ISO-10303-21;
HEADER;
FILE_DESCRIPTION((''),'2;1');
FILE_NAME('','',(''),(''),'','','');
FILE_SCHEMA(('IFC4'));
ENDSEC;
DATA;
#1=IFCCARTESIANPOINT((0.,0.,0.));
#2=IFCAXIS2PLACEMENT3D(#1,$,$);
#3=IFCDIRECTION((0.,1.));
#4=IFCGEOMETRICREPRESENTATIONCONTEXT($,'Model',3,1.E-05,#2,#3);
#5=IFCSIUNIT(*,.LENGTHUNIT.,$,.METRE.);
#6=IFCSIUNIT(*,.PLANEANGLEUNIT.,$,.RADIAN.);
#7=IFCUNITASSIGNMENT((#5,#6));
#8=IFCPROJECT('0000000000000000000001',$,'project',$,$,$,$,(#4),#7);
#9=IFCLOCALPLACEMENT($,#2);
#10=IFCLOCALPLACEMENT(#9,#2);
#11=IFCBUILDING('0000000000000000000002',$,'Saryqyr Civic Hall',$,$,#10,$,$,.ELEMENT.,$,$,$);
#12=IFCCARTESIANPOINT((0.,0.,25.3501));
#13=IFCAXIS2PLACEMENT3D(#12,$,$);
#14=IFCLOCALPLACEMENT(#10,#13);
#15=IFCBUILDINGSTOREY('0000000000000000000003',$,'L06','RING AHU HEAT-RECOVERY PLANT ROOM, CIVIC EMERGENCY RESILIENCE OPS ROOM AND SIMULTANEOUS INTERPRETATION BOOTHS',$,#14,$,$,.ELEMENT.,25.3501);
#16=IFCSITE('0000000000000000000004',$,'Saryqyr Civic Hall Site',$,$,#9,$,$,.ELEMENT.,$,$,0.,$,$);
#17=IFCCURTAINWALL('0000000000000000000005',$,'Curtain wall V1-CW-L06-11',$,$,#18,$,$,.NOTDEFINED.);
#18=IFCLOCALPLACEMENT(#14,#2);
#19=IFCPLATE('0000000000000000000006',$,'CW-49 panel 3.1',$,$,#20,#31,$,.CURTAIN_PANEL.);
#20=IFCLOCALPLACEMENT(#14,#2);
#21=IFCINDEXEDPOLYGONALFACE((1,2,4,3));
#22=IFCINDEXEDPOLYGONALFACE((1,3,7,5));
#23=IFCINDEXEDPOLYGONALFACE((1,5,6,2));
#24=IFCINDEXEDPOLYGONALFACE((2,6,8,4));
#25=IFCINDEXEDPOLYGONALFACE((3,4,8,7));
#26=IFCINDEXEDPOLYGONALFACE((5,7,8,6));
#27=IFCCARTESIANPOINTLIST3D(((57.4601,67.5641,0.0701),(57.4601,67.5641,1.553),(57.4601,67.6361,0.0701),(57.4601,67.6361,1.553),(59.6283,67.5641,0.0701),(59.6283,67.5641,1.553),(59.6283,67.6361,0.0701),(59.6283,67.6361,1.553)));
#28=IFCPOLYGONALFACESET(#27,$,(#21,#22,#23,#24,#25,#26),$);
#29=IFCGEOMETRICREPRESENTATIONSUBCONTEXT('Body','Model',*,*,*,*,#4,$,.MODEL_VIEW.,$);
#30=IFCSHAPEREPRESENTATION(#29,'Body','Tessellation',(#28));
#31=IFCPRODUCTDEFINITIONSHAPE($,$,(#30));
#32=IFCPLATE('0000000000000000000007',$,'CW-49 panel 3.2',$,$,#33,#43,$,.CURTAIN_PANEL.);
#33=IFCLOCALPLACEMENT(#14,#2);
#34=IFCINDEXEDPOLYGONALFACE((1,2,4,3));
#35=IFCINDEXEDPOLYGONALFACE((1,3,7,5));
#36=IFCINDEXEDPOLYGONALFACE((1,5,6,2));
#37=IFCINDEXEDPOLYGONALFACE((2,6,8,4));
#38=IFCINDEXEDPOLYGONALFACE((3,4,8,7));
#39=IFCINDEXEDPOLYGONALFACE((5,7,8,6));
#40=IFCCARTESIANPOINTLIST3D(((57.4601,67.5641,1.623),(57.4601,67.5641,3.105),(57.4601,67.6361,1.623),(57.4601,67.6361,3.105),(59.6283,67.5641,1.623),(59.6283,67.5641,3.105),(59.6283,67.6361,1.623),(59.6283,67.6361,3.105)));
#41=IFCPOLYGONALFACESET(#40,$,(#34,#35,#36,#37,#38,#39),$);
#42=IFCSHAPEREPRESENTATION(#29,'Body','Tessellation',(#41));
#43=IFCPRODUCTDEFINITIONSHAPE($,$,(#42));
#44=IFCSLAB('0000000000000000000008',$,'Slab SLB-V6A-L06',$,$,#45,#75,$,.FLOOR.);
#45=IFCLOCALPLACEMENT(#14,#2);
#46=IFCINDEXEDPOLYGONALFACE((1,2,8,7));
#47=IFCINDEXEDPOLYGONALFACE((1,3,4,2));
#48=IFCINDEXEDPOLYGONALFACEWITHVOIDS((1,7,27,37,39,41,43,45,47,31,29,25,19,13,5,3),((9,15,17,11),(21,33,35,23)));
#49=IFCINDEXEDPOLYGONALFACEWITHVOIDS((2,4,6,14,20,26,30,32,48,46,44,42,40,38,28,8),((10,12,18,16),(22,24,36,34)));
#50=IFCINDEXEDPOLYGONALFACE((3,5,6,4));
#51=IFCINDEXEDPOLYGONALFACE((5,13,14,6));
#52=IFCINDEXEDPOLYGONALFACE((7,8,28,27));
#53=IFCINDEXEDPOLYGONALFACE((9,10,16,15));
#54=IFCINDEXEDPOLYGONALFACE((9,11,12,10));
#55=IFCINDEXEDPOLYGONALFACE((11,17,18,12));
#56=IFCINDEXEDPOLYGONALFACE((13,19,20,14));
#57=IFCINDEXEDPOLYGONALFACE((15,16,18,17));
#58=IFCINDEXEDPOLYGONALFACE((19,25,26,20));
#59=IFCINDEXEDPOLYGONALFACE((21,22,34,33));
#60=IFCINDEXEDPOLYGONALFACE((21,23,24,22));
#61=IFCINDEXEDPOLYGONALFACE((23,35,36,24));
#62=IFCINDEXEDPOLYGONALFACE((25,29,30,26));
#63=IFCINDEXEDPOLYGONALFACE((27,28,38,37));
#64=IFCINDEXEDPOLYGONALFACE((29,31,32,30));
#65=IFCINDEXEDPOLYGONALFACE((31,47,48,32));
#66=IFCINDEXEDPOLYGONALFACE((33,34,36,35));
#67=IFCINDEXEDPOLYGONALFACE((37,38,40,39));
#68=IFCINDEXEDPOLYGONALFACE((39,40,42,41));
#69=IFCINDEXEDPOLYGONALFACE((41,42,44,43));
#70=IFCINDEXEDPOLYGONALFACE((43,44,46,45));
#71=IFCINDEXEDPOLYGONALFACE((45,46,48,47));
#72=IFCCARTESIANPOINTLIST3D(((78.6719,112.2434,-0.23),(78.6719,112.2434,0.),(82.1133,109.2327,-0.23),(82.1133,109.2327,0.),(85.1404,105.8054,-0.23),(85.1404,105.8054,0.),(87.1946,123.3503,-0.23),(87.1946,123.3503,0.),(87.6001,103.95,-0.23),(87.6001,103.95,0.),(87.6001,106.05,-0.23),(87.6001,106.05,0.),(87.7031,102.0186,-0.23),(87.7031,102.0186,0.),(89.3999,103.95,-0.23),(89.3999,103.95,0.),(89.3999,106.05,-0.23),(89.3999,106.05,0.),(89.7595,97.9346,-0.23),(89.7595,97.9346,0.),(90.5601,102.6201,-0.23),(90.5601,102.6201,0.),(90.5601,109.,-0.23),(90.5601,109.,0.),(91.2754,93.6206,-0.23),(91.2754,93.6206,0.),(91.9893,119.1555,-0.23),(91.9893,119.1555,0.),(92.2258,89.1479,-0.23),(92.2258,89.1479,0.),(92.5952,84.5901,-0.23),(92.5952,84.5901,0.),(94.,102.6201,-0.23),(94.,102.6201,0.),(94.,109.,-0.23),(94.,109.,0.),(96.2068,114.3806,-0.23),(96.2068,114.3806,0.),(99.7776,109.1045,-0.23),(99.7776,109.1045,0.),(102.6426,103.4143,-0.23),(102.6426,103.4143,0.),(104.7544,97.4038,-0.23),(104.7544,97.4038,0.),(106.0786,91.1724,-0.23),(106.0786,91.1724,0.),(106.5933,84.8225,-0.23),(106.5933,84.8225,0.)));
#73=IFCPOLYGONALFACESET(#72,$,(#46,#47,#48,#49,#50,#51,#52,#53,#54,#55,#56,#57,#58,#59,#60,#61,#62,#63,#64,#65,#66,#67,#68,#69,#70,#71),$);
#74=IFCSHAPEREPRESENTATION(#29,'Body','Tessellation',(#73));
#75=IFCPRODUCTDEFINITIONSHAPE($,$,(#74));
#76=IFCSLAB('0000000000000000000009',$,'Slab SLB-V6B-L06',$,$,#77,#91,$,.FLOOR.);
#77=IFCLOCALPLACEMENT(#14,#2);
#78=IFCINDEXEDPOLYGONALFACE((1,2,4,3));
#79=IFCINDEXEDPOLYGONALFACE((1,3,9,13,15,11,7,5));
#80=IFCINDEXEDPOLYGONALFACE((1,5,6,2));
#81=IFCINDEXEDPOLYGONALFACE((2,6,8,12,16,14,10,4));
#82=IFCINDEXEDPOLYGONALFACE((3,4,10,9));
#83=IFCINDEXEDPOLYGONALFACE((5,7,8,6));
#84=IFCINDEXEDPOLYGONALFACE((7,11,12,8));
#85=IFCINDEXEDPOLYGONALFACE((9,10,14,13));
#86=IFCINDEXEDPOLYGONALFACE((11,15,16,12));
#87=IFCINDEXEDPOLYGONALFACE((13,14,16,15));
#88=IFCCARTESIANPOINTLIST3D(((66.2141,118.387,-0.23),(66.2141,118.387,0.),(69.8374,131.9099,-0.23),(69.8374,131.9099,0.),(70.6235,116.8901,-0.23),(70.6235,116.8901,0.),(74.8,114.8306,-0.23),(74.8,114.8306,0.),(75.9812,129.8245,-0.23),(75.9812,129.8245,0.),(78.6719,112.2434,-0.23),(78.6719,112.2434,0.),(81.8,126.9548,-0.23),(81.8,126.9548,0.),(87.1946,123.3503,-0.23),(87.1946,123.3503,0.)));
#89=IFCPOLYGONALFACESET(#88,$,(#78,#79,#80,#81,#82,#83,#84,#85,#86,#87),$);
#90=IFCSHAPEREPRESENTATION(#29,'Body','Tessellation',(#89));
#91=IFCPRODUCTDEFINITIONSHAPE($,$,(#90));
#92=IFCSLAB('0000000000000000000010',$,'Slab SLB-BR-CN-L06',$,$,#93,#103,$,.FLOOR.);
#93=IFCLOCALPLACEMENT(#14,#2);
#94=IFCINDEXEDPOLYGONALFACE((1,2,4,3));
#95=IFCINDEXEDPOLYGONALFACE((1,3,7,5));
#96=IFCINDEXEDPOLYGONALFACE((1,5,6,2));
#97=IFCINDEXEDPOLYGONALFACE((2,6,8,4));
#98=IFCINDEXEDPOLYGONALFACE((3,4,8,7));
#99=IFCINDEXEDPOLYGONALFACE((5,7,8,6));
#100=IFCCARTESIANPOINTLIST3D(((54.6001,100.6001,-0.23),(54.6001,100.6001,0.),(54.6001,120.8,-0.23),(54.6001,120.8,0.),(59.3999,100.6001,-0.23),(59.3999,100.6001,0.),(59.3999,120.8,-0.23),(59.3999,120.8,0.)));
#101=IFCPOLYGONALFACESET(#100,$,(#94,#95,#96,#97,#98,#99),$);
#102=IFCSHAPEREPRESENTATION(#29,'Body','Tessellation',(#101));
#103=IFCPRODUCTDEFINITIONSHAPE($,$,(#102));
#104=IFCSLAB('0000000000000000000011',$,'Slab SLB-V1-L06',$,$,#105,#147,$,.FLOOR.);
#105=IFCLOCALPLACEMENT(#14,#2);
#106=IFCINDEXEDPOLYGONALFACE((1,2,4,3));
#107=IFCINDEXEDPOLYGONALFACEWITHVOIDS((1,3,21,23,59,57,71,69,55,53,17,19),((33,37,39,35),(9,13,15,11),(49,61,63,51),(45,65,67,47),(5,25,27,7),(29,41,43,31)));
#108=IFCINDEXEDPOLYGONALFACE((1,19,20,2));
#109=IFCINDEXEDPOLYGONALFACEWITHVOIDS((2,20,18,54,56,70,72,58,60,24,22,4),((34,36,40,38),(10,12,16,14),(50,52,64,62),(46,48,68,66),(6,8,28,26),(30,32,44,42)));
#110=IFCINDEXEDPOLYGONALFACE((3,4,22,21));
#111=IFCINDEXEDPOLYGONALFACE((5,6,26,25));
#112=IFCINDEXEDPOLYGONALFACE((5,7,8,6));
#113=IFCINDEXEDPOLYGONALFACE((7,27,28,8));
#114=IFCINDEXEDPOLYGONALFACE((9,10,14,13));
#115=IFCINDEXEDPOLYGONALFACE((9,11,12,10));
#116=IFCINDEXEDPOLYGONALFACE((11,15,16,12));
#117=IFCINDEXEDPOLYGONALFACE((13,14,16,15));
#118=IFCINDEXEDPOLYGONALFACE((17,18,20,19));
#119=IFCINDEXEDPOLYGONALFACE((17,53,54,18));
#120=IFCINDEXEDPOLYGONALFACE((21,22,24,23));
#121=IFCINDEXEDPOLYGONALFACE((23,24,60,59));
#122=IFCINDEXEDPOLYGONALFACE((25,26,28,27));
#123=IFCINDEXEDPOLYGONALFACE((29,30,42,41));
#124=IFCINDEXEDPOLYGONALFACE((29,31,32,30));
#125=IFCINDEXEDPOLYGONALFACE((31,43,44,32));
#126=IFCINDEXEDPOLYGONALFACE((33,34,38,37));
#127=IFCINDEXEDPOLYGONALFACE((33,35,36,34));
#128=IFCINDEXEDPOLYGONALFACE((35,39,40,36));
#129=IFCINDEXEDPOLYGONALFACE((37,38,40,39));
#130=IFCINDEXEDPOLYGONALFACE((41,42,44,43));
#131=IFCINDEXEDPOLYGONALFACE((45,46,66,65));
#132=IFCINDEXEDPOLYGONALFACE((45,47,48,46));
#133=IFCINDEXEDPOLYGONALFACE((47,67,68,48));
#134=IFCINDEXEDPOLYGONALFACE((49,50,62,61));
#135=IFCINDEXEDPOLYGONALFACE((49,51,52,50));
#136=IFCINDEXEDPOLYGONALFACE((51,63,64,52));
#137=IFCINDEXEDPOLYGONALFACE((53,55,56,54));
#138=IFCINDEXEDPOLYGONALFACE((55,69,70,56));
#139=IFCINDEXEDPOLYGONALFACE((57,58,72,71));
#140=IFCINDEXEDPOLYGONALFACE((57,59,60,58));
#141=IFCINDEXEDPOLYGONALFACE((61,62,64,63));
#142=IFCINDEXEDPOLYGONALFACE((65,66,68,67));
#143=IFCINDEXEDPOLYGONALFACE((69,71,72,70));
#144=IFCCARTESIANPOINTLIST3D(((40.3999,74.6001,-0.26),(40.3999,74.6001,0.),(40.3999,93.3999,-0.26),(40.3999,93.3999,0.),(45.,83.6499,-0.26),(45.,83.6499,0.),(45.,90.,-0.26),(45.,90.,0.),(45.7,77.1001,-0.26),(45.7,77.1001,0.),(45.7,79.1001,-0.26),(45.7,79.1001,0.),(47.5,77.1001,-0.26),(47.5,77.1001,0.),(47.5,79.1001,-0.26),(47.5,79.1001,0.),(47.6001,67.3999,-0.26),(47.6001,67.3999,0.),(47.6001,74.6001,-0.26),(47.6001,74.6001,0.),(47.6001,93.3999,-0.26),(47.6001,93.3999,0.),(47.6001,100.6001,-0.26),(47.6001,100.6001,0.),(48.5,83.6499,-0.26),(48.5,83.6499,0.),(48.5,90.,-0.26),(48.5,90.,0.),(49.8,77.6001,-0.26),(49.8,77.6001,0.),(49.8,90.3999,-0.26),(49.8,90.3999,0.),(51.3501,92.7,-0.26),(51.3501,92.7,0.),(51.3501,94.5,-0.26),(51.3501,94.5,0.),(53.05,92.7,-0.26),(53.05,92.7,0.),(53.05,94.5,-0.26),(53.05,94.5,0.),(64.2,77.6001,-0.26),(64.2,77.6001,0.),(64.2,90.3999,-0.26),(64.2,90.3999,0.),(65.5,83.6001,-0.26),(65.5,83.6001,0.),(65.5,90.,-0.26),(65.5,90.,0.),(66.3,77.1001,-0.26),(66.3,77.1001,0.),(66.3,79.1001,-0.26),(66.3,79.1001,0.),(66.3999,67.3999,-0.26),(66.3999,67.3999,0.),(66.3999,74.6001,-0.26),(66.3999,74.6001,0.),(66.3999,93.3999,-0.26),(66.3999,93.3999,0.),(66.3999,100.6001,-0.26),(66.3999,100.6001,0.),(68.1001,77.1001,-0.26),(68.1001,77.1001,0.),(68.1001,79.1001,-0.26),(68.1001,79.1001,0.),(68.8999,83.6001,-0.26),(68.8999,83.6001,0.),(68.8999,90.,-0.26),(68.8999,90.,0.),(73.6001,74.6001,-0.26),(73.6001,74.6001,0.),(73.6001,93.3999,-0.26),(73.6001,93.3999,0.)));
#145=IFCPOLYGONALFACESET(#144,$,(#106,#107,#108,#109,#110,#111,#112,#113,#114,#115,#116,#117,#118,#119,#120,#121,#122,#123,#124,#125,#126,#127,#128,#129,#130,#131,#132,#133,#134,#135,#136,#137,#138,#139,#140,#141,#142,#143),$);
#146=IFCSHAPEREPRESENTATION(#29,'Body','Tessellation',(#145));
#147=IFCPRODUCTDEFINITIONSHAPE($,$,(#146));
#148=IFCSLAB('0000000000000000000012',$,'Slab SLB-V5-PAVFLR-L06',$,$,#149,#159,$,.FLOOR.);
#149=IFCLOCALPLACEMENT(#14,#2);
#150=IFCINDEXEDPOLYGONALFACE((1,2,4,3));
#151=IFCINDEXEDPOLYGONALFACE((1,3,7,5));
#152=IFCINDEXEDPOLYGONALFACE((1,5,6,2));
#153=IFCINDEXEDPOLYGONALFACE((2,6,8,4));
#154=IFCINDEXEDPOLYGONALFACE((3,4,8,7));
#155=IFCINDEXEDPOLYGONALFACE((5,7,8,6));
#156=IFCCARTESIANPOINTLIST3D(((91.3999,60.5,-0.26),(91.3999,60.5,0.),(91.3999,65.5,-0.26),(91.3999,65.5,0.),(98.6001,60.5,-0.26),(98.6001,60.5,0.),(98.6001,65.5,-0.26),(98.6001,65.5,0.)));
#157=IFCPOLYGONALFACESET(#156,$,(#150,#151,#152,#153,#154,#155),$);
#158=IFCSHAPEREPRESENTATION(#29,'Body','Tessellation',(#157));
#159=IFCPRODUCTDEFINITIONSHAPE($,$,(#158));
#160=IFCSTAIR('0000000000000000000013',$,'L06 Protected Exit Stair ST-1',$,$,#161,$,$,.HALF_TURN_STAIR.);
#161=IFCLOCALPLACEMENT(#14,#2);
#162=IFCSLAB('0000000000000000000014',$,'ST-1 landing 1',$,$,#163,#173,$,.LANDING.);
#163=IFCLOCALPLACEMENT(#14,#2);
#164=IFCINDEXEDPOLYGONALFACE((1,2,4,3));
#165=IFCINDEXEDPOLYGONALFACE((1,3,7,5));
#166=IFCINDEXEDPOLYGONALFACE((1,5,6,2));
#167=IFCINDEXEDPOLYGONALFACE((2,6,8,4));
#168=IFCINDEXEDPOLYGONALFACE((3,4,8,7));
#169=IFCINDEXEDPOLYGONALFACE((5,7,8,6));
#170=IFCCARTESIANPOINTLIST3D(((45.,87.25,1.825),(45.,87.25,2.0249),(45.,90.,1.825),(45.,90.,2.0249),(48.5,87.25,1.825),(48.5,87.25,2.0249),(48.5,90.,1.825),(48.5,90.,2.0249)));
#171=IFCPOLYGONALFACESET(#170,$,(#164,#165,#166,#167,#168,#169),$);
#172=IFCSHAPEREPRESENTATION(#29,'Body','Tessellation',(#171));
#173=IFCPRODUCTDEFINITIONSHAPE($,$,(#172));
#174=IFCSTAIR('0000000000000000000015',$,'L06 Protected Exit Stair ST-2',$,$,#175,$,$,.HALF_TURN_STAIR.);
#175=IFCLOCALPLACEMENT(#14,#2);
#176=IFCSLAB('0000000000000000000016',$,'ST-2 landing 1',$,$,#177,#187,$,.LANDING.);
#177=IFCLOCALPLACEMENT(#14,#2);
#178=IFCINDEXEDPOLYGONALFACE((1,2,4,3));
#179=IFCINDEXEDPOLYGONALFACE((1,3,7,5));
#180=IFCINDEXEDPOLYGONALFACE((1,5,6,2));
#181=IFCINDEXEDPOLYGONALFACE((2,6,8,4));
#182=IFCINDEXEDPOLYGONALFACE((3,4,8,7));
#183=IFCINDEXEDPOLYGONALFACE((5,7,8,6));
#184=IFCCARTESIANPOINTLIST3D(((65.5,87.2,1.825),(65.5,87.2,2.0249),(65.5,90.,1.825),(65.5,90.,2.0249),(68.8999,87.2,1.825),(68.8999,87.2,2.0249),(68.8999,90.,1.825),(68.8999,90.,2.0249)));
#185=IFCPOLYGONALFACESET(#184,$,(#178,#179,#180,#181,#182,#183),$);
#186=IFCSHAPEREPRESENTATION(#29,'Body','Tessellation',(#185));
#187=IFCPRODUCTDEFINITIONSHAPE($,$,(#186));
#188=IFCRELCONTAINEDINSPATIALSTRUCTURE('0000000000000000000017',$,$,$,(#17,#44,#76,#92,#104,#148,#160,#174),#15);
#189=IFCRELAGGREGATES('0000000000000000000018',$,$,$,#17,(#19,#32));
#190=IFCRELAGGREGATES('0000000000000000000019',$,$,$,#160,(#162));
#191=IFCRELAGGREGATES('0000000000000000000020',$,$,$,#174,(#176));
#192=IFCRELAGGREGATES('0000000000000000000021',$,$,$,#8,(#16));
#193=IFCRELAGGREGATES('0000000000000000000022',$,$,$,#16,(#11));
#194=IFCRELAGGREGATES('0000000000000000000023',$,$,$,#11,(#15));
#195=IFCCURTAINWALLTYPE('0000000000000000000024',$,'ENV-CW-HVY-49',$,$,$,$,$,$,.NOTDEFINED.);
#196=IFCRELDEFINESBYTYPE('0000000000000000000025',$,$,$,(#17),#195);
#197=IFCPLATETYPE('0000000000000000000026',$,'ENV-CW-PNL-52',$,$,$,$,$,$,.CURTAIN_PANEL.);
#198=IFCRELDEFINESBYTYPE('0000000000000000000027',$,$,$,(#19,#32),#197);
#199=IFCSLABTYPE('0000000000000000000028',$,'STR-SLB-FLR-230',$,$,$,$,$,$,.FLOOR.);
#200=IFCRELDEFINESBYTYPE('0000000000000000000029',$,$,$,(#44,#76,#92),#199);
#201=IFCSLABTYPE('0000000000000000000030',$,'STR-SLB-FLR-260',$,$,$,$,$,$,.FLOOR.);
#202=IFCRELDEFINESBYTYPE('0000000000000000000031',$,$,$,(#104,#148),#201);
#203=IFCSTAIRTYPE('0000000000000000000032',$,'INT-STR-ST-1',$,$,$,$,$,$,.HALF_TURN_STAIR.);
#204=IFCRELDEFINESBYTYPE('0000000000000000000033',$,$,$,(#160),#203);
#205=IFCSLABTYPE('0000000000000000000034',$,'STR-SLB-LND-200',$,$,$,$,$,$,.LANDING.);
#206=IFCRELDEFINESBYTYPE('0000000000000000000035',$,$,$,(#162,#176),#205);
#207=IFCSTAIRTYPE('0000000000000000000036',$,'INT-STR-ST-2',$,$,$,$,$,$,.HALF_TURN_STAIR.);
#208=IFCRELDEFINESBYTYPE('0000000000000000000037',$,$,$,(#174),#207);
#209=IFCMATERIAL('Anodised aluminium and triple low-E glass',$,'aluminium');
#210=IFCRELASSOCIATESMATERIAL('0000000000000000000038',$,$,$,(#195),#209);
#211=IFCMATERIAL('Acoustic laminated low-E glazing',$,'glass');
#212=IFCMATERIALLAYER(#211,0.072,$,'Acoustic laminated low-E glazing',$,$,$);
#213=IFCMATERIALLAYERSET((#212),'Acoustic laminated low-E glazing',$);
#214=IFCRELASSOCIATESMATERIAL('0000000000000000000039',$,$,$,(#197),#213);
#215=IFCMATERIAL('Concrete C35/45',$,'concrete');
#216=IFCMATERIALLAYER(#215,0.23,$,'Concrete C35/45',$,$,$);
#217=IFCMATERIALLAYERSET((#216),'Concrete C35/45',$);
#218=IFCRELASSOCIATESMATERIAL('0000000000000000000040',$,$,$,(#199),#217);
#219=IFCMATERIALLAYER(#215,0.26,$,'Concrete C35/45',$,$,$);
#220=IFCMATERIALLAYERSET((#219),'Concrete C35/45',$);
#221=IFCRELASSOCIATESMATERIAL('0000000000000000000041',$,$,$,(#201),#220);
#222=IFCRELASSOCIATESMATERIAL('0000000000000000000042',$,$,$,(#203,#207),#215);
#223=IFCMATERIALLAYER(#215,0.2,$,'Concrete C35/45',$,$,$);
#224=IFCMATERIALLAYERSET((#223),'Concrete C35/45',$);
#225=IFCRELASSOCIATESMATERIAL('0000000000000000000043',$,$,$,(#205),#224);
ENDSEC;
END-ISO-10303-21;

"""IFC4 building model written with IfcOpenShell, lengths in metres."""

from ifc_helpers import new_model, si_unit, direction, frame, origin, origin_2d, place, context, subcontext, project, spatial, polyline, rectangle, outline, extrude, material, layer, layer_set, type_object, element, aggregate, save


model = new_model("IFC4")

# Units and contexts
model_context = context("Model", 3, precision=1e-05, world=origin(), true_north=direction((0.0, 1.0)))
body_context = subcontext(model_context, "Body", "Model", "MODEL_VIEW")
ifc_project = project(units=[si_unit("LENGTHUNIT", "METRE"), si_unit("PLANEANGLEUNIT", "RADIAN")], contexts=[model_context])

# Site, building, storey
site_placement = place(None, origin())
site = spatial("IfcSite", under=ifc_project, at=site_placement, Name="Saryqyr Civic Hall Site", CompositionType="ELEMENT", RefElevation=0.0)
building_placement = place(site_placement, origin())
building = spatial("IfcBuilding", under=site, at=building_placement, Name="Saryqyr Civic Hall", CompositionType="ELEMENT")
storey_placement = place(building_placement, frame((0.0, 0.0, 25.3501)))
storey = spatial("IfcBuildingStorey", under=building, at=storey_placement, Name="L06", Description="RING AHU HEAT-RECOVERY PLANT ROOM, CIVIC EMERGENCY RESILIENCE OPS ROOM AND SIMULTANEOUS INTERPRETATION BOOTHS", CompositionType="ELEMENT", Elevation=25.3501)

# Curtain wall, plates
ifc_material_1 = material(Name="Anodised aluminium and triple low-E glass", Category="aluminium")
curtain_wall_type = type_object("IfcCurtainWallType", Name="ENV-CW-HVY-49", PredefinedType="NOTDEFINED", material=ifc_material_1)
curtain_wall_placement = place(storey_placement, origin())
curtain_wall = element("IfcCurtainWall", 1, at=curtain_wall_placement, inside=storey, type_object=curtain_wall_type, Name="Curtain wall V1-CW-L06-11", PredefinedType="NOTDEFINED")
ifc_material_2 = material(Name="Acoustic laminated low-E glazing", Category="glass")
ifc_layer_1 = layer(ifc_material_2, 0.072, Name="Acoustic laminated low-E glazing")
ifc_layer_set_1 = layer_set([ifc_layer_1], Name="Acoustic laminated low-E glazing")
plate_type = type_object("IfcPlateType", Name="ENV-CW-PNL-52", PredefinedType="CURTAIN_PANEL", material=ifc_layer_set_1)
plate_1_placement = place(storey_placement, frame((58.5442, 67.6001, 0.0701), z_axis=(0.0, 0.0, 1.0), x_axis=(-1.0, 0.0, 0.0)))
plate_1 = element("IfcPlate", 2, at=plate_1_placement, type_object=plate_type, Name="CW-49 panel 3.1", PredefinedType="CURTAIN_PANEL", context=body_context, shape_type="SweptSolid", body=[
    extrude(rectangle(XDim=2.1682, YDim=0.072, at=origin_2d()), origin(), (0.0, 0.0, 1.0), 1.4829),
])
plate_2_placement = place(storey_placement, frame((58.5442, 67.6001, 1.623), z_axis=(0.0, 0.0, 1.0), x_axis=(-1.0, 0.0, 0.0)))
plate_2 = element("IfcPlate", 3, at=plate_2_placement, type_object=plate_type, Name="CW-49 panel 3.2", PredefinedType="CURTAIN_PANEL", context=body_context, shape_type="SweptSolid", body=[
    extrude(rectangle(XDim=2.1682, YDim=0.072, at=origin_2d()), origin(), (0.0, 0.0, 1.0), 1.4819),
])
aggregate(curtain_wall, [plate_1, plate_2])

# Slabs
ifc_material_3 = material(Name="Concrete C35/45", Category="concrete")
ifc_layer_2 = layer(ifc_material_3, 0.23, Name="Concrete C35/45")
ifc_layer_set_2 = layer_set([ifc_layer_2], Name="Concrete C35/45")
slab_type_1 = type_object("IfcSlabType", Name="STR-SLB-FLR-230", PredefinedType="FLOOR", material=ifc_layer_set_2)
slab_1_placement = place(storey_placement, frame((0.0, 0.0, -0.23)))
element("IfcSlab", 4, at=slab_1_placement, inside=storey, type_object=slab_type_1, Name="Slab SLB-V6A-L06", PredefinedType="FLOOR", context=body_context, shape_type="SweptSolid", body=[
    extrude(outline(polyline([(92.2258, 89.1479), (91.2754, 93.6206), (89.7595, 97.9346), (87.7031, 102.0186), (85.1404, 105.8054), (82.1133, 109.2327), (78.6719, 112.2434), (87.1946, 123.3503), (91.9893, 119.1555), (96.2068, 114.3806), (99.7776, 109.1045), (102.6426, 103.4143), (104.7544, 97.4038), (106.0786, 91.1724), (106.5933, 84.8225), (92.5952, 84.5901), (92.2258, 89.1479)]), holes=[polyline([(89.3999, 106.05), (87.6001, 106.05), (87.6001, 103.95), (89.3999, 103.95), (89.3999, 106.05)]), polyline([(90.5601, 109.0), (90.5601, 102.6201), (94.0, 102.6201), (94.0, 109.0), (90.5601, 109.0)])]), origin(), (0.0, 0.0, 1.0), 0.23),
])
slab_2_placement = place(storey_placement, frame((0.0, 0.0, -0.23)))
element("IfcSlab", 5, at=slab_2_placement, inside=storey, type_object=slab_type_1, Name="Slab SLB-V6B-L06", PredefinedType="FLOOR", context=body_context, shape_type="SweptSolid", body=[
    extrude(outline(polyline([(74.8, 114.8306), (70.6235, 116.8901), (66.2141, 118.387), (69.8374, 131.9099), (75.9812, 129.8245), (81.8, 126.9548), (87.1946, 123.3503), (78.6719, 112.2434), (74.8, 114.8306)])), origin(), (0.0, 0.0, 1.0), 0.23),
])
slab_3_placement = place(storey_placement, frame((0.0, 0.0, -0.23)))
element("IfcSlab", 6, at=slab_3_placement, inside=storey, type_object=slab_type_1, Name="Slab SLB-BR-CN-L06", PredefinedType="FLOOR", context=body_context, shape_type="SweptSolid", body=[
    extrude(outline(polyline([(54.6001, 120.8), (59.3999, 120.8), (59.3999, 100.6001), (54.6001, 100.6001), (54.6001, 120.8)])), origin(), (0.0, 0.0, 1.0), 0.23),
])
ifc_layer_3 = layer(ifc_material_3, 0.26, Name="Concrete C35/45")
ifc_layer_set_3 = layer_set([ifc_layer_3], Name="Concrete C35/45")
slab_type_2 = type_object("IfcSlabType", Name="STR-SLB-FLR-260", PredefinedType="FLOOR", material=ifc_layer_set_3)
slab_4_placement = place(storey_placement, frame((0.0, 0.0, -0.26)))
element("IfcSlab", 7, at=slab_4_placement, inside=storey, type_object=slab_type_2, Name="Slab SLB-V1-L06", PredefinedType="FLOOR", context=body_context, shape_type="SweptSolid", body=[
    extrude(outline(polyline([(40.3999, 74.6001), (40.3999, 93.3999), (47.6001, 93.3999), (47.6001, 100.6001), (66.3999, 100.6001), (66.3999, 93.3999), (73.6001, 93.3999), (73.6001, 74.6001), (66.3999, 74.6001), (66.3999, 67.3999), (47.6001, 67.3999), (47.6001, 74.6001), (40.3999, 74.6001)]), holes=[polyline([(64.2, 90.3999), (49.8, 90.3999), (49.8, 77.6001), (64.2, 77.6001), (64.2, 90.3999)]), polyline([(47.5, 79.1001), (45.7, 79.1001), (45.7, 77.1001), (47.5, 77.1001), (47.5, 79.1001)]), polyline([(68.1001, 79.1001), (66.3, 79.1001), (66.3, 77.1001), (68.1001, 77.1001), (68.1001, 79.1001)]), polyline([(65.5, 90.0), (65.5, 83.6001), (68.8999, 83.6001), (68.8999, 90.0), (65.5, 90.0)]), polyline([(45.0, 90.0), (45.0, 83.6499), (48.5, 83.6499), (48.5, 90.0), (45.0, 90.0)]), polyline([(53.05, 94.5), (51.3501, 94.5), (51.3501, 92.7), (53.05, 92.7), (53.05, 94.5)])]), origin(), (0.0, 0.0, 1.0), 0.26),
])
slab_5_placement = place(storey_placement, frame((0.0, 0.0, -0.26)))
element("IfcSlab", 8, at=slab_5_placement, inside=storey, type_object=slab_type_2, Name="Slab SLB-V5-PAVFLR-L06", PredefinedType="FLOOR", context=body_context, shape_type="SweptSolid", body=[
    extrude(outline(polyline([(91.3999, 60.5), (91.3999, 65.5), (98.6001, 65.5), (98.6001, 60.5), (91.3999, 60.5)])), origin(), (0.0, 0.0, 1.0), 0.26),
])

# Stairs, slabs
stair_type_1 = type_object("IfcStairType", Name="INT-STR-ST-1", PredefinedType="HALF_TURN_STAIR", material=ifc_material_3)
stair_1_placement = place(storey_placement, origin())
stair_1 = element("IfcStair", 9, at=stair_1_placement, inside=storey, type_object=stair_type_1, Name="L06 Protected Exit Stair ST-1", PredefinedType="HALF_TURN_STAIR")
ifc_layer_4 = layer(ifc_material_3, 0.2, Name="Concrete C35/45")
ifc_layer_set_4 = layer_set([ifc_layer_4], Name="Concrete C35/45")
slab_type_3 = type_object("IfcSlabType", Name="STR-SLB-LND-200", PredefinedType="LANDING", material=ifc_layer_set_4)
slab_6_placement = place(storey_placement, frame((0.0, 0.0, 1.825)))
slab_6 = element("IfcSlab", 10, at=slab_6_placement, type_object=slab_type_3, Name="ST-1 landing 1", PredefinedType="LANDING", context=body_context, shape_type="SweptSolid", body=[
    extrude(outline(polyline([(48.5, 87.25), (48.5, 90.0), (45.0, 90.0), (45.0, 87.25), (48.5, 87.25)])), origin(), (0.0, 0.0, 1.0), 0.2),
])
aggregate(stair_1, [slab_6])
stair_type_2 = type_object("IfcStairType", Name="INT-STR-ST-2", PredefinedType="HALF_TURN_STAIR", material=ifc_material_3)
stair_2_placement = place(storey_placement, origin())
stair_2 = element("IfcStair", 11, at=stair_2_placement, inside=storey, type_object=stair_type_2, Name="L06 Protected Exit Stair ST-2", PredefinedType="HALF_TURN_STAIR")
slab_7_placement = place(storey_placement, frame((0.0, 0.0, 1.825)))
slab_7 = element("IfcSlab", 12, at=slab_7_placement, type_object=slab_type_3, Name="ST-2 landing 1", PredefinedType="LANDING", context=body_context, shape_type="SweptSolid", body=[
    extrude(outline(polyline([(68.8999, 87.2), (68.8999, 90.0), (65.5, 90.0), (65.5, 87.2), (68.8999, 87.2)])), origin(), (0.0, 0.0, 1.0), 0.2),
])
aggregate(stair_2, [slab_7])

save(model, "model.ifc")
